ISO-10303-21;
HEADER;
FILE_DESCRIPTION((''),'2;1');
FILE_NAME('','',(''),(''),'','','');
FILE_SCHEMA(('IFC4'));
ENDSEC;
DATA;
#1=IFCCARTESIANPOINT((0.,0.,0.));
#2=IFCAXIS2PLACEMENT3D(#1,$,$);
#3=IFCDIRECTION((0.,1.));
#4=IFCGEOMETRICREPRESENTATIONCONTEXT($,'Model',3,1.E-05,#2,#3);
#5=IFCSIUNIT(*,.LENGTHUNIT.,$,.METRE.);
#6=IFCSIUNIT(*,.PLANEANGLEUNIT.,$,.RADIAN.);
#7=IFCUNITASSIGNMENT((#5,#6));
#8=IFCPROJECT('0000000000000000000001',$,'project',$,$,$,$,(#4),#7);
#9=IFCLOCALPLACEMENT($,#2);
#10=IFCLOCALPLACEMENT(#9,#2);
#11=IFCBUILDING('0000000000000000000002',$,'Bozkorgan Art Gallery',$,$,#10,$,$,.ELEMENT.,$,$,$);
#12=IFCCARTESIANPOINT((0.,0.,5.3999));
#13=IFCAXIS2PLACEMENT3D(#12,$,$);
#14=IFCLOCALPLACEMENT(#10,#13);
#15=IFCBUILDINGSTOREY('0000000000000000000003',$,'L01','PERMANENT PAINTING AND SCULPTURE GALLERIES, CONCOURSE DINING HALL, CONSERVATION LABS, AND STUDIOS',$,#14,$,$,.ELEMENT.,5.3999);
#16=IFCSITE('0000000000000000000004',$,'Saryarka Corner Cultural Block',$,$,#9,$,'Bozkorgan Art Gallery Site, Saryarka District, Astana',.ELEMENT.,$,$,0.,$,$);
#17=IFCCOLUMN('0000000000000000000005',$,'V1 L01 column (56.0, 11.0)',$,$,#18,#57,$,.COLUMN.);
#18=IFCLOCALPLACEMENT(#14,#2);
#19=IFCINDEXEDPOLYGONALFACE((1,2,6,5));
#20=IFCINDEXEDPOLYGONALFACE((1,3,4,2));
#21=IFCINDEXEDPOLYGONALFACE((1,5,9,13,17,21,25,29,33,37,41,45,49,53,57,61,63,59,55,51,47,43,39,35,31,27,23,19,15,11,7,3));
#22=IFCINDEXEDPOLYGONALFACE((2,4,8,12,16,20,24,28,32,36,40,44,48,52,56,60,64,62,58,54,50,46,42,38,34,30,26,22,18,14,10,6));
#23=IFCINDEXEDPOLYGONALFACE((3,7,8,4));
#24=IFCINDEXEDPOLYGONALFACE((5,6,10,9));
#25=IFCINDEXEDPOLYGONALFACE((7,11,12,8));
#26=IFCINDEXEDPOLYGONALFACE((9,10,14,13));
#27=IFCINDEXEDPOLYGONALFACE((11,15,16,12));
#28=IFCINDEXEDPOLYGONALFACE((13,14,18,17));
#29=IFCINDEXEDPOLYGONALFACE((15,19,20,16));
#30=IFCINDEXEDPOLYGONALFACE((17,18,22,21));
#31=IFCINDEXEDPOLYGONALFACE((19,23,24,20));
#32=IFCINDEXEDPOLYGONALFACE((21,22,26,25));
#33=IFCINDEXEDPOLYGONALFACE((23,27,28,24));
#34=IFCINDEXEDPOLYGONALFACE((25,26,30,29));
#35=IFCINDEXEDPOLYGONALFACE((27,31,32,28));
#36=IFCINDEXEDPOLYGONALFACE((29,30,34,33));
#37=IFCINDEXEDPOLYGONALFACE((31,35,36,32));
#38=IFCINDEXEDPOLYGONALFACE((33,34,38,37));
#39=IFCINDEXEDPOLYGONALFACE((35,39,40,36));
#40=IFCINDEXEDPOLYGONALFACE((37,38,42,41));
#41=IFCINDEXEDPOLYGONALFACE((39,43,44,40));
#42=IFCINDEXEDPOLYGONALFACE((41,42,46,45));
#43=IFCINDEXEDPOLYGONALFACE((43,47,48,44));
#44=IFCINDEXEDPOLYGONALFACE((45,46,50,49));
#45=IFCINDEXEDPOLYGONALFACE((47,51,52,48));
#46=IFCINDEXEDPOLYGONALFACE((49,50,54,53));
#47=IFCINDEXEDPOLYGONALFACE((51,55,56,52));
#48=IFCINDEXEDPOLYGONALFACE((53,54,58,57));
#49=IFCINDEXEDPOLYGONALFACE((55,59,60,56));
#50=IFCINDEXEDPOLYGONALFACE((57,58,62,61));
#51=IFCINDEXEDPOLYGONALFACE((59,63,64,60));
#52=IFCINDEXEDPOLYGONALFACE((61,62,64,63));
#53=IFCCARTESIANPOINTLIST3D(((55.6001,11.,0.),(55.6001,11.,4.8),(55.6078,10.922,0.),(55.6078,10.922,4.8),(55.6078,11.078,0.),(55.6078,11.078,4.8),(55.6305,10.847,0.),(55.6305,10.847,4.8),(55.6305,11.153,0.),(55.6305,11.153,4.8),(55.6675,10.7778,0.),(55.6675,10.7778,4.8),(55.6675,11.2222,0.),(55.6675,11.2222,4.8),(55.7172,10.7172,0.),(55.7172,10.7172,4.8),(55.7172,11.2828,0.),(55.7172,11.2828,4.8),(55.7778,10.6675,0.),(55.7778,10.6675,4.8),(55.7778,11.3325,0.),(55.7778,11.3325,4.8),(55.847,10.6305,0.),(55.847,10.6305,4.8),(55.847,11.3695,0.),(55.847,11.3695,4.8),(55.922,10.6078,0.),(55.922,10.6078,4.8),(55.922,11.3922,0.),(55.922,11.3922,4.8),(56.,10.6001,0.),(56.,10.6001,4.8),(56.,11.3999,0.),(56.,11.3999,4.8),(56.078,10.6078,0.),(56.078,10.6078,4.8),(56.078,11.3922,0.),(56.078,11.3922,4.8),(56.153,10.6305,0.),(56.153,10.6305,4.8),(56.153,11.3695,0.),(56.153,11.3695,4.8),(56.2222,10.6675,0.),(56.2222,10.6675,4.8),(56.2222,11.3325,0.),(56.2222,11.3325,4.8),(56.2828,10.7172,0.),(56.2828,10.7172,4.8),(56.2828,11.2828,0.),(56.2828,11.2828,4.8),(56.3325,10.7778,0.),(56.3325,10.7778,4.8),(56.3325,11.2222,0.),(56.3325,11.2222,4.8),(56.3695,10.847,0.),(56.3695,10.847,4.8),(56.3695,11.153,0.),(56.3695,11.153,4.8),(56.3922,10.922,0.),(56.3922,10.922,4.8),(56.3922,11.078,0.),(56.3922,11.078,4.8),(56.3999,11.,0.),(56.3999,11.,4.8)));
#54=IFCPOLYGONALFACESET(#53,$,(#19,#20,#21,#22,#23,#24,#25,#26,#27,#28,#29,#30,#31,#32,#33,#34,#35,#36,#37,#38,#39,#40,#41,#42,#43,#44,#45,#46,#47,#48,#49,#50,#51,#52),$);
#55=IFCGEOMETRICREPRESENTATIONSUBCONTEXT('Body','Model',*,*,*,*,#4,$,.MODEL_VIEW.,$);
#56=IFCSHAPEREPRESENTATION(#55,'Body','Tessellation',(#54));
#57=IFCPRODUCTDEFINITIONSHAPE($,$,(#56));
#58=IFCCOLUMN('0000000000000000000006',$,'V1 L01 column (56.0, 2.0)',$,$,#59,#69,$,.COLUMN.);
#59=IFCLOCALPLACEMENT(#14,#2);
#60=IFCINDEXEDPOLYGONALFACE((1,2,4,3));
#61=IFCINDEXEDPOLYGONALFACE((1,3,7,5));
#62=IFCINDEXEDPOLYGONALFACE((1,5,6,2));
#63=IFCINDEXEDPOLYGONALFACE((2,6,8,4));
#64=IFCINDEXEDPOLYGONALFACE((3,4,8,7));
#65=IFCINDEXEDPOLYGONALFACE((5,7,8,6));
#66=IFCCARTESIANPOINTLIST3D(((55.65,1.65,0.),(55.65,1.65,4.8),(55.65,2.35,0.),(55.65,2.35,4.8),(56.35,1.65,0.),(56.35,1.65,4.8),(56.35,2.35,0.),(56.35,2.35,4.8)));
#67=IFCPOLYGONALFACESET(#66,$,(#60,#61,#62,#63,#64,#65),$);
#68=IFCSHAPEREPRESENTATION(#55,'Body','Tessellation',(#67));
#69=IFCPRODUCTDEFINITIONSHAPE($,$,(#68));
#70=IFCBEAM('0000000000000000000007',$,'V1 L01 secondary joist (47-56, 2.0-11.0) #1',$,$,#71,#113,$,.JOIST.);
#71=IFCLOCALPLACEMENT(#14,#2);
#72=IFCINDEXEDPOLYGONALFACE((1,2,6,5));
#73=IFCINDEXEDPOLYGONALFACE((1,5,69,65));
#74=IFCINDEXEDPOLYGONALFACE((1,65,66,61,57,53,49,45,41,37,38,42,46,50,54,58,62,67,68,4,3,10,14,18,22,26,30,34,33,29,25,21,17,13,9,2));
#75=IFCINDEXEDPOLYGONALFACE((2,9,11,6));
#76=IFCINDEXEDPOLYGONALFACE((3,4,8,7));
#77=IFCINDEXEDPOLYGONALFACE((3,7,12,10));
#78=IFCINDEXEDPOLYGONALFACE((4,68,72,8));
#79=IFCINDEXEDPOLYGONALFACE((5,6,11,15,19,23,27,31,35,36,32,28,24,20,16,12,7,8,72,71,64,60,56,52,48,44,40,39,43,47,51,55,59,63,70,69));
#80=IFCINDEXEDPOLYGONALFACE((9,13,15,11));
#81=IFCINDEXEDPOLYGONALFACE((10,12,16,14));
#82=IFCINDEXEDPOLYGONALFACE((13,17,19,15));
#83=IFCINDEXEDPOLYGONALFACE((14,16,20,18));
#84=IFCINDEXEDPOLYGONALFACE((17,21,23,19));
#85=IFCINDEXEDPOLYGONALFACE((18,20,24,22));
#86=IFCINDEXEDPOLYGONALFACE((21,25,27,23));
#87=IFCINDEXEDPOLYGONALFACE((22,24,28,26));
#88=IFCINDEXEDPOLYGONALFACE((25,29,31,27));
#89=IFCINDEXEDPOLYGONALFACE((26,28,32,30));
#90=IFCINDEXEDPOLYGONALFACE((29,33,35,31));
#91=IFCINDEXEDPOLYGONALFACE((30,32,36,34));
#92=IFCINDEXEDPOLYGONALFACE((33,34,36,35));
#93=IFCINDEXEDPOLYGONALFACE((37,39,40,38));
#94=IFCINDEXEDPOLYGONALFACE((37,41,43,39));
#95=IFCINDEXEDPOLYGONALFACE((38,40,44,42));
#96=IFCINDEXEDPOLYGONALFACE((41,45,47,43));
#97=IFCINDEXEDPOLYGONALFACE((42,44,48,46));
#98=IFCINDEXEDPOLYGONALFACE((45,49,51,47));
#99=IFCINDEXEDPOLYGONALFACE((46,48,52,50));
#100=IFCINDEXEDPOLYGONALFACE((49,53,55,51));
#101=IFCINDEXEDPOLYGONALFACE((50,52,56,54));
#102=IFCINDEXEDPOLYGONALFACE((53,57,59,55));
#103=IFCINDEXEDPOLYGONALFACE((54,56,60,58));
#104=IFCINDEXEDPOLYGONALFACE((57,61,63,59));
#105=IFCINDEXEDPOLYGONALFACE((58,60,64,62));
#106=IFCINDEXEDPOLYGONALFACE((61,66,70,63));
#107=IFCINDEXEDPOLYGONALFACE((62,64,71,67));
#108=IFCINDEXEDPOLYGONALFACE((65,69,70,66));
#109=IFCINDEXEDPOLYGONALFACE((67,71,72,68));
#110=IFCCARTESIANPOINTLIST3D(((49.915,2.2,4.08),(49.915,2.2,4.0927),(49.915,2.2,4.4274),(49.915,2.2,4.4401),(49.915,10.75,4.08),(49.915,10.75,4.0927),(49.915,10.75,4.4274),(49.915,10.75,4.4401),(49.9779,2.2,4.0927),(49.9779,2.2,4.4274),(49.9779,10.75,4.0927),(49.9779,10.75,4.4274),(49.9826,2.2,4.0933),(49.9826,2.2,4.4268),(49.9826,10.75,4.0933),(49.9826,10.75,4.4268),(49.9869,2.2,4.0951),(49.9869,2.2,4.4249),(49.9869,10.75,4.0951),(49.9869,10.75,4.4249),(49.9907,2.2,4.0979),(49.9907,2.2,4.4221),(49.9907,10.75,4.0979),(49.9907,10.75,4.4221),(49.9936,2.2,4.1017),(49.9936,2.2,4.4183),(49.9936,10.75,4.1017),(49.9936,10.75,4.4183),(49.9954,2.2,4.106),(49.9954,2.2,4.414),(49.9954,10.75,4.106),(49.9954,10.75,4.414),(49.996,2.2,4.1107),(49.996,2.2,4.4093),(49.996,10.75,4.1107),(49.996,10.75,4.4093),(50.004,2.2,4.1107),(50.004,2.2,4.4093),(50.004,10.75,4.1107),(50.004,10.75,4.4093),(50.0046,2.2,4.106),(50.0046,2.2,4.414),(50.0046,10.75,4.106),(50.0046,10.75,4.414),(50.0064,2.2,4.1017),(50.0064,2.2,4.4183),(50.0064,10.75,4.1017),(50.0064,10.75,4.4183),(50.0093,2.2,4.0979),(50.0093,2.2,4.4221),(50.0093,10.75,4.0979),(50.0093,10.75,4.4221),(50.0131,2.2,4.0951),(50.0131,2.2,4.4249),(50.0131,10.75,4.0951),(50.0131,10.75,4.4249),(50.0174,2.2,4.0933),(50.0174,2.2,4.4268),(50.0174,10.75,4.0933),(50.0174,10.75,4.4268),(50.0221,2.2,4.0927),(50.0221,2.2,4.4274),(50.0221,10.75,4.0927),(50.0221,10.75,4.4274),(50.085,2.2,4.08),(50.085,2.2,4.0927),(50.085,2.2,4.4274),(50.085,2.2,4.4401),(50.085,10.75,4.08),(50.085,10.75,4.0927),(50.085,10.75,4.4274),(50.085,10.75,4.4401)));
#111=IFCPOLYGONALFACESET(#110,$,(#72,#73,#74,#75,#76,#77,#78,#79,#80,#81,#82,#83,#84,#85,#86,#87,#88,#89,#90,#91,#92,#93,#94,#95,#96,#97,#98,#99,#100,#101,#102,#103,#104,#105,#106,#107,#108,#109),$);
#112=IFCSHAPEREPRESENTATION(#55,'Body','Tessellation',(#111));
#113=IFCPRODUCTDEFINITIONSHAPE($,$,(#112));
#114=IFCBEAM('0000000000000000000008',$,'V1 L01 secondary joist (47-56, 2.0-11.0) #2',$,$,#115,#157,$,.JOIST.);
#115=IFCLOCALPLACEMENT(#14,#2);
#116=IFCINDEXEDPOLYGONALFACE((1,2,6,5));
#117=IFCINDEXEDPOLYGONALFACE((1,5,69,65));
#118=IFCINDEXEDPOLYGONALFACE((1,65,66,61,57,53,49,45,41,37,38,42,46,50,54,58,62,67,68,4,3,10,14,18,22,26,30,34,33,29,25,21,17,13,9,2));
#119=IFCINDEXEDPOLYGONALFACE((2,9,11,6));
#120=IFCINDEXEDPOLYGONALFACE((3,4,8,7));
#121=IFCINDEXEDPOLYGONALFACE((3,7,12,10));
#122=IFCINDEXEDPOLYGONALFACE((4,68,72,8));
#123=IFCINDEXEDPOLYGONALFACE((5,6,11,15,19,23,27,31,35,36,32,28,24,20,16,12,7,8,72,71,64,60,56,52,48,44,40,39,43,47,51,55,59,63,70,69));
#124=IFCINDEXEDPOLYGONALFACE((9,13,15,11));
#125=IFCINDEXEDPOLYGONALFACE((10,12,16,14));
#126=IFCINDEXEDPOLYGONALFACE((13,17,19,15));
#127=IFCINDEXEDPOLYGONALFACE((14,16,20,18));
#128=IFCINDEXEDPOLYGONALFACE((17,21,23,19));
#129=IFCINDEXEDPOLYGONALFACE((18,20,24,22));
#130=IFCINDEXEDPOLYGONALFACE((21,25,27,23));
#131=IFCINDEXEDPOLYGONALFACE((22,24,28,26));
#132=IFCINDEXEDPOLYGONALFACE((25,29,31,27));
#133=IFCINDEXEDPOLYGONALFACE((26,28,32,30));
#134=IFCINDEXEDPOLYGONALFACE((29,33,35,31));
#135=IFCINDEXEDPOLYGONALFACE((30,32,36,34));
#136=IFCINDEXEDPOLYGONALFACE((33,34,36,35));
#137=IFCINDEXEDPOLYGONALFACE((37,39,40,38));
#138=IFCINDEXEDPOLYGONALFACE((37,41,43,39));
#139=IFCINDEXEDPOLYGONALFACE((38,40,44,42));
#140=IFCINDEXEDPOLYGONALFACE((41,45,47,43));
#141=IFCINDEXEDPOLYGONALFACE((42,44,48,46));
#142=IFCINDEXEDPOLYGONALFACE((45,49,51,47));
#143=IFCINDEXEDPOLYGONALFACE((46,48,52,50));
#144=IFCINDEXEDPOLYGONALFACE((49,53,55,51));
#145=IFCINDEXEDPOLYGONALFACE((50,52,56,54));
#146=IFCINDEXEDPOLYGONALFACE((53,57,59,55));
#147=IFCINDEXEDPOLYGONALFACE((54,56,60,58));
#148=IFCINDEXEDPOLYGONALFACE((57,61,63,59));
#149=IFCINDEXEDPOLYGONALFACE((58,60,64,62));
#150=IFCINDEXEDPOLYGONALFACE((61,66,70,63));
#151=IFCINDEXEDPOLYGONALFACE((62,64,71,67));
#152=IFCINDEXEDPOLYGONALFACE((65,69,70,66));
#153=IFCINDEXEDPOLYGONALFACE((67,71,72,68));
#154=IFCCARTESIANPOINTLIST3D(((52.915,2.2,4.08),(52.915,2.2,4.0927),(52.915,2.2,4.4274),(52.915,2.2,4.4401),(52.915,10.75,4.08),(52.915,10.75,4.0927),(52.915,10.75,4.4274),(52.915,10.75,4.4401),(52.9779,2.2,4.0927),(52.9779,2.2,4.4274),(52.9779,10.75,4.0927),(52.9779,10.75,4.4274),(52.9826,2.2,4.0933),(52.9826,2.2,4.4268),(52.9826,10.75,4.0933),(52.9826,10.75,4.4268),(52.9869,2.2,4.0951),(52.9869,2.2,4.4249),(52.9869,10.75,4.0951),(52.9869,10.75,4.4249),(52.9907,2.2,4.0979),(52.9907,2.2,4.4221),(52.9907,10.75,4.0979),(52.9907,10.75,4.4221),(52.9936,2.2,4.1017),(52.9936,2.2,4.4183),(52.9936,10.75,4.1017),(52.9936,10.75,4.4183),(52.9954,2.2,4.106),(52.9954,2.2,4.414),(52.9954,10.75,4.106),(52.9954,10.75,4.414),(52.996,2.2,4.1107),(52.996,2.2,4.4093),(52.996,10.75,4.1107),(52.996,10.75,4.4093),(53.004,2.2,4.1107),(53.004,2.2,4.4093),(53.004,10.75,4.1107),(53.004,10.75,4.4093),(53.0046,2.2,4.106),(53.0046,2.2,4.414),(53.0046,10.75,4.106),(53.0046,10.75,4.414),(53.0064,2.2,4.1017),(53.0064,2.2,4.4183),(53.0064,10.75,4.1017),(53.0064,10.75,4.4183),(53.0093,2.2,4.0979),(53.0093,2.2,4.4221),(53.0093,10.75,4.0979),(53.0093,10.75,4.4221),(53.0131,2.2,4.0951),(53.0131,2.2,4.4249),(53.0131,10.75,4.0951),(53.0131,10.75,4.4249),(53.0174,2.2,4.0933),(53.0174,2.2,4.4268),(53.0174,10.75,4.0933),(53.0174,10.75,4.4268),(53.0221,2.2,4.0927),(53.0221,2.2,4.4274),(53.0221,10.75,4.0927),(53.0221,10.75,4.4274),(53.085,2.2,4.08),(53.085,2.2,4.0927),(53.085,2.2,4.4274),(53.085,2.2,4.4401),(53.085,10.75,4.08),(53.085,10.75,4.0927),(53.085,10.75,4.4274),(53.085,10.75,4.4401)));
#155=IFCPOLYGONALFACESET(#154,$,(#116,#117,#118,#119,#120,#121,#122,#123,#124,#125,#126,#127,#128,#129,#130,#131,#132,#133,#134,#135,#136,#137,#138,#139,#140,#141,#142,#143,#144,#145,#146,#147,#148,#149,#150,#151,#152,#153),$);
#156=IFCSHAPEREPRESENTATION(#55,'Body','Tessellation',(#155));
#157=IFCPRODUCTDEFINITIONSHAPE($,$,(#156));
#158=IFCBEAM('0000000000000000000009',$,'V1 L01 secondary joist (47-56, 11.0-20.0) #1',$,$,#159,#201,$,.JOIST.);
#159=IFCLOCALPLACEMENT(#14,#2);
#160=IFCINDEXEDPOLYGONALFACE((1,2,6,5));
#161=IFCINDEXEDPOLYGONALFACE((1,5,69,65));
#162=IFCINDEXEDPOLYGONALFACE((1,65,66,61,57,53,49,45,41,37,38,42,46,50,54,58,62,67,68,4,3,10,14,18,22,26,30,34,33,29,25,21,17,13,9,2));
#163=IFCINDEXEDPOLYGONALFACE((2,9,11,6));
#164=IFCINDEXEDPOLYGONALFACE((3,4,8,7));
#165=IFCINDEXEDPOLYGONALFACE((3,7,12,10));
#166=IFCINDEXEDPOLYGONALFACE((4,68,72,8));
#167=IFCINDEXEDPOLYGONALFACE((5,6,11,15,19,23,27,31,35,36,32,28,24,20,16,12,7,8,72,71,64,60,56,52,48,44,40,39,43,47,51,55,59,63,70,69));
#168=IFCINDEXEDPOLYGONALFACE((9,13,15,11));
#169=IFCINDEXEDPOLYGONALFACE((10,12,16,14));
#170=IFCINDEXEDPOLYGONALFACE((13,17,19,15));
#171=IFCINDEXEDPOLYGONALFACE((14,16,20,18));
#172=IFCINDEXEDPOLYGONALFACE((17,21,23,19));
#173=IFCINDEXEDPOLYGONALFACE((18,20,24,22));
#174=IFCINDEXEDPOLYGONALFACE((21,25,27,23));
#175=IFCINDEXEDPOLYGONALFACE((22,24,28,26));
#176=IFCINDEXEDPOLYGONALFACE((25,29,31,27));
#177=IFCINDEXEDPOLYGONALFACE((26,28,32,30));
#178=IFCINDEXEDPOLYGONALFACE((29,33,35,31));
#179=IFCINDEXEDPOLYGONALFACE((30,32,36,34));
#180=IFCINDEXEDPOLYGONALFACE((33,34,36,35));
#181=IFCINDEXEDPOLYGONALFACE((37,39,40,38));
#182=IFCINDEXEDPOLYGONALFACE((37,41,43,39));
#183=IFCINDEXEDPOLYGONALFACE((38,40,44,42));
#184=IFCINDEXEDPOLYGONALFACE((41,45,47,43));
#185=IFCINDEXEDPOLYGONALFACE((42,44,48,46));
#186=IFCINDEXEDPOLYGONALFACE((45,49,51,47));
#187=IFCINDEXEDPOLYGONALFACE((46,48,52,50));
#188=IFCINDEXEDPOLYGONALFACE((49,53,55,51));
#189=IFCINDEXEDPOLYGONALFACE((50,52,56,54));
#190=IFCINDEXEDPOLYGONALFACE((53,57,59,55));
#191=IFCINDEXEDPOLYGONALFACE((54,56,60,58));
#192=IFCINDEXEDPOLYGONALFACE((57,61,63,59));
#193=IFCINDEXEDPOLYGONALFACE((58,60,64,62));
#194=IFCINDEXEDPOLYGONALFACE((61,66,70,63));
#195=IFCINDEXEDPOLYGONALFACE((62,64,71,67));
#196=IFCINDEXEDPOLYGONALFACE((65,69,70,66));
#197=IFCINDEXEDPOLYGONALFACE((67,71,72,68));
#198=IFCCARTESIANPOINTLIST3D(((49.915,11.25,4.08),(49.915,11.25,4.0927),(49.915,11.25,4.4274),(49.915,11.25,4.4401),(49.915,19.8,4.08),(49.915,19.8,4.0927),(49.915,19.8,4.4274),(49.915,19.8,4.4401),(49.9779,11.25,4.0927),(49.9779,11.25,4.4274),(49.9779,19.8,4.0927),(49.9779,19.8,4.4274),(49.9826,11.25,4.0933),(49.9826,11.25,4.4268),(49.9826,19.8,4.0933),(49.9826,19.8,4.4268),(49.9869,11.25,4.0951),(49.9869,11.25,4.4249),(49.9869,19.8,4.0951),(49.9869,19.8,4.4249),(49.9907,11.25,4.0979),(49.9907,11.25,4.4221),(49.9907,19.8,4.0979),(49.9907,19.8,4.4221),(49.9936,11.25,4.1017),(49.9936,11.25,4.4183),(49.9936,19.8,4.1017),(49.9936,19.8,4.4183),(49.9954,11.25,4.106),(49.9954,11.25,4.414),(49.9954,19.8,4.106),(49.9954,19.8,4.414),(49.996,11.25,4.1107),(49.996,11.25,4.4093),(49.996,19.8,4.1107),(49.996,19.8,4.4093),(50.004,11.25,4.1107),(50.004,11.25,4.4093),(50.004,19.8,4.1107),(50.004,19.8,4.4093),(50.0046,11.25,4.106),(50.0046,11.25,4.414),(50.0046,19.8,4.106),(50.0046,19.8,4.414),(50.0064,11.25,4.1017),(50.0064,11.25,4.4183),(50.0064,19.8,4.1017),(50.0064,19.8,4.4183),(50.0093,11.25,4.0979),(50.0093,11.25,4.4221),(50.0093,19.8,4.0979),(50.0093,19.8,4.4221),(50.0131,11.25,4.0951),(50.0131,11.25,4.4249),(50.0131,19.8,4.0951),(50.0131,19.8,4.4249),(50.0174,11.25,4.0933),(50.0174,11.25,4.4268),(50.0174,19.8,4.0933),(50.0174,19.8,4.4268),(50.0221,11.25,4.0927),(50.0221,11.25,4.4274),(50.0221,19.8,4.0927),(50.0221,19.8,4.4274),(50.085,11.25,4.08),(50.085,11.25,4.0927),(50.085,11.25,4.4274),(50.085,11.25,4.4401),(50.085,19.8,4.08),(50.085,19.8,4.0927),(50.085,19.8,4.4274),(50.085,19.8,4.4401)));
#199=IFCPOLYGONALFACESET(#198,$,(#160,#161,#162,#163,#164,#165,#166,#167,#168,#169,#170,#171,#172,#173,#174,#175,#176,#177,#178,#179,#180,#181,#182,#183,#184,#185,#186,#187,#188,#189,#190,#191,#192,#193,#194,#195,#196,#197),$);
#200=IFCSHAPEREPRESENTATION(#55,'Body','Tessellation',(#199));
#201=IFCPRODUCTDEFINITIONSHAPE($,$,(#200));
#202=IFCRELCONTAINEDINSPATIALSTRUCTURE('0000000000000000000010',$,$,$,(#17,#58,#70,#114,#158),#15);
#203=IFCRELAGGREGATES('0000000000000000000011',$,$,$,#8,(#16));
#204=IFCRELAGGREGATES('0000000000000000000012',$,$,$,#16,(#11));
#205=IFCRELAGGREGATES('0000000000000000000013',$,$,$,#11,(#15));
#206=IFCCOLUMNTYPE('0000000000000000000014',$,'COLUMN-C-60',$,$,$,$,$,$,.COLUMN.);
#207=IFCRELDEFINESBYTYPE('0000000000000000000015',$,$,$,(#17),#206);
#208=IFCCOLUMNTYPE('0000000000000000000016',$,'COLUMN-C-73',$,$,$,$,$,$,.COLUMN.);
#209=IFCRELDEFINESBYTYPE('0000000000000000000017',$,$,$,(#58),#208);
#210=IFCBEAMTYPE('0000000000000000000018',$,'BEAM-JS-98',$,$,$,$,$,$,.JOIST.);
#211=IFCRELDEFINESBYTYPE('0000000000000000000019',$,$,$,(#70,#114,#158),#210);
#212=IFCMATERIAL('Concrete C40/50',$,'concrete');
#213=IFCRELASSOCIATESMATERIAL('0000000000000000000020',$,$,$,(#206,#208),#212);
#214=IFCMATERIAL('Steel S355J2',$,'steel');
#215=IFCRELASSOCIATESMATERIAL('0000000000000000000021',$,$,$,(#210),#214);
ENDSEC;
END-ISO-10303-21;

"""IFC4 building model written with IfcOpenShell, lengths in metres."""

from ifc_helpers import new_model, si_unit, direction, frame, origin, origin_2d, place, context, subcontext, project, spatial, rectangle, circle, i_section, extrude, material, material_profile, profile_set, type_object, element, save


model = new_model("IFC4")

# Units and contexts
model_context = context("Model", 3, precision=1e-05, world=origin(), true_north=direction((0.0, 1.0)))
body_context = subcontext(model_context, "Body", "Model", "MODEL_VIEW")
ifc_project = project(units=[si_unit("LENGTHUNIT", "METRE"), si_unit("PLANEANGLEUNIT", "RADIAN")], contexts=[model_context])

# Site, building, storey
site_placement = place(None, origin())
site = spatial("IfcSite", under=ifc_project, at=site_placement, Name="Saryarka Corner Cultural Block", LongName="Bozkorgan Art Gallery Site, Saryarka District, Astana", CompositionType="ELEMENT", RefElevation=0.0)
building_placement = place(site_placement, origin())
building = spatial("IfcBuilding", under=site, at=building_placement, Name="Bozkorgan Art Gallery", CompositionType="ELEMENT")
storey_placement = place(building_placement, frame((0.0, 0.0, 5.3999)))
storey = spatial("IfcBuildingStorey", under=building, at=storey_placement, Name="L01", Description="PERMANENT PAINTING AND SCULPTURE GALLERIES, CONCOURSE DINING HALL, CONSERVATION LABS, AND STUDIOS", CompositionType="ELEMENT", Elevation=5.3999)

# Columns
ifc_material_1 = material(Name="Concrete C40/50", Category="concrete")
ifc_material_profile_1 = material_profile(ifc_material_1, circle(Radius=0.3999, at=origin_2d()), Name="RC D800")
ifc_profile_set_1 = profile_set([ifc_material_profile_1], Name="Concrete C40/50")
column_type_1 = type_object("IfcColumnType", Name="COLUMN-C-60", PredefinedType="COLUMN", material=ifc_profile_set_1)
column_1_placement = place(storey_placement, frame((56.0, 11.0, 0.0), z_axis=(0.0, 0.0, 1.0), x_axis=(1.0, 0.0, 0.0)))
element("IfcColumn", 1, at=column_1_placement, inside=storey, type_object=column_type_1, Name="V1 L01 column (56.0, 11.0)", PredefinedType="COLUMN", context=body_context, shape_type="SweptSolid", body=[
    extrude(circle(Radius=0.3999, at=origin_2d()), origin(), (0.0, 0.0, 1.0), 4.8),
])
ifc_material_profile_2 = material_profile(ifc_material_1, rectangle(XDim=0.7, YDim=0.7, at=origin_2d()), Name="RC 700x700")
ifc_profile_set_2 = profile_set([ifc_material_profile_2], Name="Concrete C40/50")
column_type_2 = type_object("IfcColumnType", Name="COLUMN-C-73", PredefinedType="COLUMN", material=ifc_profile_set_2)
column_2_placement = place(storey_placement, frame((56.0, 2.0, 0.0), z_axis=(0.0, 0.0, 1.0), x_axis=(1.0, 0.0, 0.0)))
element("IfcColumn", 2, at=column_2_placement, inside=storey, type_object=column_type_2, Name="V1 L01 column (56.0, 2.0)", PredefinedType="COLUMN", context=body_context, shape_type="SweptSolid", body=[
    extrude(rectangle(XDim=0.7, YDim=0.7, at=origin_2d()), origin(), (0.0, 0.0, 1.0), 4.8),
])

# Beams
ifc_material_2 = material(Name="Steel S355J2", Category="steel")
ifc_material_profile_3 = material_profile(ifc_material_2, i_section(OverallWidth=0.1699, OverallDepth=0.3601, WebThickness=0.0081, FlangeThickness=0.0127, FilletRadius=0.0181, at=origin_2d()), Name="IPE 360")
ifc_profile_set_3 = profile_set([ifc_material_profile_3], Name="Steel S355J2")
beam_type_1 = type_object("IfcBeamType", Name="BEAM-JS-98", PredefinedType="JOIST", material=ifc_profile_set_3)
for number, where, z_axis, x_axis, name in (
    (3, (50.0, 2.2, 4.26), (0.0, 1.0, 0.0), (-1.0, 0.0, 0.0), "V1 L01 secondary joist (47-56, 2.0-11.0) #1"),
    (4, (53.0, 2.2, 4.26), (0.0, 1.0, 0.0), (-1.0, 0.0, 0.0), "V1 L01 secondary joist (47-56, 2.0-11.0) #2"),
    (5, (50.0, 11.25, 4.26), (0.0, 1.0, 0.0), (-1.0, 0.0, 0.0), "V1 L01 secondary joist (47-56, 11.0-20.0) #1"),
):
    element("IfcBeam", number, at=place(storey_placement, frame(where, z_axis=z_axis, x_axis=x_axis)), inside=storey, type_object=beam_type_1, Name=name, PredefinedType="JOIST", context=body_context, shape_type="SweptSolid", body=[
        extrude(i_section(OverallWidth=0.1699, OverallDepth=0.3601, WebThickness=0.0081, FlangeThickness=0.0127, FilletRadius=0.0181, at=origin_2d()), origin(), (0.0, 0.0, 1.0), 8.55),
    ])

save(model, "model.ifc")
